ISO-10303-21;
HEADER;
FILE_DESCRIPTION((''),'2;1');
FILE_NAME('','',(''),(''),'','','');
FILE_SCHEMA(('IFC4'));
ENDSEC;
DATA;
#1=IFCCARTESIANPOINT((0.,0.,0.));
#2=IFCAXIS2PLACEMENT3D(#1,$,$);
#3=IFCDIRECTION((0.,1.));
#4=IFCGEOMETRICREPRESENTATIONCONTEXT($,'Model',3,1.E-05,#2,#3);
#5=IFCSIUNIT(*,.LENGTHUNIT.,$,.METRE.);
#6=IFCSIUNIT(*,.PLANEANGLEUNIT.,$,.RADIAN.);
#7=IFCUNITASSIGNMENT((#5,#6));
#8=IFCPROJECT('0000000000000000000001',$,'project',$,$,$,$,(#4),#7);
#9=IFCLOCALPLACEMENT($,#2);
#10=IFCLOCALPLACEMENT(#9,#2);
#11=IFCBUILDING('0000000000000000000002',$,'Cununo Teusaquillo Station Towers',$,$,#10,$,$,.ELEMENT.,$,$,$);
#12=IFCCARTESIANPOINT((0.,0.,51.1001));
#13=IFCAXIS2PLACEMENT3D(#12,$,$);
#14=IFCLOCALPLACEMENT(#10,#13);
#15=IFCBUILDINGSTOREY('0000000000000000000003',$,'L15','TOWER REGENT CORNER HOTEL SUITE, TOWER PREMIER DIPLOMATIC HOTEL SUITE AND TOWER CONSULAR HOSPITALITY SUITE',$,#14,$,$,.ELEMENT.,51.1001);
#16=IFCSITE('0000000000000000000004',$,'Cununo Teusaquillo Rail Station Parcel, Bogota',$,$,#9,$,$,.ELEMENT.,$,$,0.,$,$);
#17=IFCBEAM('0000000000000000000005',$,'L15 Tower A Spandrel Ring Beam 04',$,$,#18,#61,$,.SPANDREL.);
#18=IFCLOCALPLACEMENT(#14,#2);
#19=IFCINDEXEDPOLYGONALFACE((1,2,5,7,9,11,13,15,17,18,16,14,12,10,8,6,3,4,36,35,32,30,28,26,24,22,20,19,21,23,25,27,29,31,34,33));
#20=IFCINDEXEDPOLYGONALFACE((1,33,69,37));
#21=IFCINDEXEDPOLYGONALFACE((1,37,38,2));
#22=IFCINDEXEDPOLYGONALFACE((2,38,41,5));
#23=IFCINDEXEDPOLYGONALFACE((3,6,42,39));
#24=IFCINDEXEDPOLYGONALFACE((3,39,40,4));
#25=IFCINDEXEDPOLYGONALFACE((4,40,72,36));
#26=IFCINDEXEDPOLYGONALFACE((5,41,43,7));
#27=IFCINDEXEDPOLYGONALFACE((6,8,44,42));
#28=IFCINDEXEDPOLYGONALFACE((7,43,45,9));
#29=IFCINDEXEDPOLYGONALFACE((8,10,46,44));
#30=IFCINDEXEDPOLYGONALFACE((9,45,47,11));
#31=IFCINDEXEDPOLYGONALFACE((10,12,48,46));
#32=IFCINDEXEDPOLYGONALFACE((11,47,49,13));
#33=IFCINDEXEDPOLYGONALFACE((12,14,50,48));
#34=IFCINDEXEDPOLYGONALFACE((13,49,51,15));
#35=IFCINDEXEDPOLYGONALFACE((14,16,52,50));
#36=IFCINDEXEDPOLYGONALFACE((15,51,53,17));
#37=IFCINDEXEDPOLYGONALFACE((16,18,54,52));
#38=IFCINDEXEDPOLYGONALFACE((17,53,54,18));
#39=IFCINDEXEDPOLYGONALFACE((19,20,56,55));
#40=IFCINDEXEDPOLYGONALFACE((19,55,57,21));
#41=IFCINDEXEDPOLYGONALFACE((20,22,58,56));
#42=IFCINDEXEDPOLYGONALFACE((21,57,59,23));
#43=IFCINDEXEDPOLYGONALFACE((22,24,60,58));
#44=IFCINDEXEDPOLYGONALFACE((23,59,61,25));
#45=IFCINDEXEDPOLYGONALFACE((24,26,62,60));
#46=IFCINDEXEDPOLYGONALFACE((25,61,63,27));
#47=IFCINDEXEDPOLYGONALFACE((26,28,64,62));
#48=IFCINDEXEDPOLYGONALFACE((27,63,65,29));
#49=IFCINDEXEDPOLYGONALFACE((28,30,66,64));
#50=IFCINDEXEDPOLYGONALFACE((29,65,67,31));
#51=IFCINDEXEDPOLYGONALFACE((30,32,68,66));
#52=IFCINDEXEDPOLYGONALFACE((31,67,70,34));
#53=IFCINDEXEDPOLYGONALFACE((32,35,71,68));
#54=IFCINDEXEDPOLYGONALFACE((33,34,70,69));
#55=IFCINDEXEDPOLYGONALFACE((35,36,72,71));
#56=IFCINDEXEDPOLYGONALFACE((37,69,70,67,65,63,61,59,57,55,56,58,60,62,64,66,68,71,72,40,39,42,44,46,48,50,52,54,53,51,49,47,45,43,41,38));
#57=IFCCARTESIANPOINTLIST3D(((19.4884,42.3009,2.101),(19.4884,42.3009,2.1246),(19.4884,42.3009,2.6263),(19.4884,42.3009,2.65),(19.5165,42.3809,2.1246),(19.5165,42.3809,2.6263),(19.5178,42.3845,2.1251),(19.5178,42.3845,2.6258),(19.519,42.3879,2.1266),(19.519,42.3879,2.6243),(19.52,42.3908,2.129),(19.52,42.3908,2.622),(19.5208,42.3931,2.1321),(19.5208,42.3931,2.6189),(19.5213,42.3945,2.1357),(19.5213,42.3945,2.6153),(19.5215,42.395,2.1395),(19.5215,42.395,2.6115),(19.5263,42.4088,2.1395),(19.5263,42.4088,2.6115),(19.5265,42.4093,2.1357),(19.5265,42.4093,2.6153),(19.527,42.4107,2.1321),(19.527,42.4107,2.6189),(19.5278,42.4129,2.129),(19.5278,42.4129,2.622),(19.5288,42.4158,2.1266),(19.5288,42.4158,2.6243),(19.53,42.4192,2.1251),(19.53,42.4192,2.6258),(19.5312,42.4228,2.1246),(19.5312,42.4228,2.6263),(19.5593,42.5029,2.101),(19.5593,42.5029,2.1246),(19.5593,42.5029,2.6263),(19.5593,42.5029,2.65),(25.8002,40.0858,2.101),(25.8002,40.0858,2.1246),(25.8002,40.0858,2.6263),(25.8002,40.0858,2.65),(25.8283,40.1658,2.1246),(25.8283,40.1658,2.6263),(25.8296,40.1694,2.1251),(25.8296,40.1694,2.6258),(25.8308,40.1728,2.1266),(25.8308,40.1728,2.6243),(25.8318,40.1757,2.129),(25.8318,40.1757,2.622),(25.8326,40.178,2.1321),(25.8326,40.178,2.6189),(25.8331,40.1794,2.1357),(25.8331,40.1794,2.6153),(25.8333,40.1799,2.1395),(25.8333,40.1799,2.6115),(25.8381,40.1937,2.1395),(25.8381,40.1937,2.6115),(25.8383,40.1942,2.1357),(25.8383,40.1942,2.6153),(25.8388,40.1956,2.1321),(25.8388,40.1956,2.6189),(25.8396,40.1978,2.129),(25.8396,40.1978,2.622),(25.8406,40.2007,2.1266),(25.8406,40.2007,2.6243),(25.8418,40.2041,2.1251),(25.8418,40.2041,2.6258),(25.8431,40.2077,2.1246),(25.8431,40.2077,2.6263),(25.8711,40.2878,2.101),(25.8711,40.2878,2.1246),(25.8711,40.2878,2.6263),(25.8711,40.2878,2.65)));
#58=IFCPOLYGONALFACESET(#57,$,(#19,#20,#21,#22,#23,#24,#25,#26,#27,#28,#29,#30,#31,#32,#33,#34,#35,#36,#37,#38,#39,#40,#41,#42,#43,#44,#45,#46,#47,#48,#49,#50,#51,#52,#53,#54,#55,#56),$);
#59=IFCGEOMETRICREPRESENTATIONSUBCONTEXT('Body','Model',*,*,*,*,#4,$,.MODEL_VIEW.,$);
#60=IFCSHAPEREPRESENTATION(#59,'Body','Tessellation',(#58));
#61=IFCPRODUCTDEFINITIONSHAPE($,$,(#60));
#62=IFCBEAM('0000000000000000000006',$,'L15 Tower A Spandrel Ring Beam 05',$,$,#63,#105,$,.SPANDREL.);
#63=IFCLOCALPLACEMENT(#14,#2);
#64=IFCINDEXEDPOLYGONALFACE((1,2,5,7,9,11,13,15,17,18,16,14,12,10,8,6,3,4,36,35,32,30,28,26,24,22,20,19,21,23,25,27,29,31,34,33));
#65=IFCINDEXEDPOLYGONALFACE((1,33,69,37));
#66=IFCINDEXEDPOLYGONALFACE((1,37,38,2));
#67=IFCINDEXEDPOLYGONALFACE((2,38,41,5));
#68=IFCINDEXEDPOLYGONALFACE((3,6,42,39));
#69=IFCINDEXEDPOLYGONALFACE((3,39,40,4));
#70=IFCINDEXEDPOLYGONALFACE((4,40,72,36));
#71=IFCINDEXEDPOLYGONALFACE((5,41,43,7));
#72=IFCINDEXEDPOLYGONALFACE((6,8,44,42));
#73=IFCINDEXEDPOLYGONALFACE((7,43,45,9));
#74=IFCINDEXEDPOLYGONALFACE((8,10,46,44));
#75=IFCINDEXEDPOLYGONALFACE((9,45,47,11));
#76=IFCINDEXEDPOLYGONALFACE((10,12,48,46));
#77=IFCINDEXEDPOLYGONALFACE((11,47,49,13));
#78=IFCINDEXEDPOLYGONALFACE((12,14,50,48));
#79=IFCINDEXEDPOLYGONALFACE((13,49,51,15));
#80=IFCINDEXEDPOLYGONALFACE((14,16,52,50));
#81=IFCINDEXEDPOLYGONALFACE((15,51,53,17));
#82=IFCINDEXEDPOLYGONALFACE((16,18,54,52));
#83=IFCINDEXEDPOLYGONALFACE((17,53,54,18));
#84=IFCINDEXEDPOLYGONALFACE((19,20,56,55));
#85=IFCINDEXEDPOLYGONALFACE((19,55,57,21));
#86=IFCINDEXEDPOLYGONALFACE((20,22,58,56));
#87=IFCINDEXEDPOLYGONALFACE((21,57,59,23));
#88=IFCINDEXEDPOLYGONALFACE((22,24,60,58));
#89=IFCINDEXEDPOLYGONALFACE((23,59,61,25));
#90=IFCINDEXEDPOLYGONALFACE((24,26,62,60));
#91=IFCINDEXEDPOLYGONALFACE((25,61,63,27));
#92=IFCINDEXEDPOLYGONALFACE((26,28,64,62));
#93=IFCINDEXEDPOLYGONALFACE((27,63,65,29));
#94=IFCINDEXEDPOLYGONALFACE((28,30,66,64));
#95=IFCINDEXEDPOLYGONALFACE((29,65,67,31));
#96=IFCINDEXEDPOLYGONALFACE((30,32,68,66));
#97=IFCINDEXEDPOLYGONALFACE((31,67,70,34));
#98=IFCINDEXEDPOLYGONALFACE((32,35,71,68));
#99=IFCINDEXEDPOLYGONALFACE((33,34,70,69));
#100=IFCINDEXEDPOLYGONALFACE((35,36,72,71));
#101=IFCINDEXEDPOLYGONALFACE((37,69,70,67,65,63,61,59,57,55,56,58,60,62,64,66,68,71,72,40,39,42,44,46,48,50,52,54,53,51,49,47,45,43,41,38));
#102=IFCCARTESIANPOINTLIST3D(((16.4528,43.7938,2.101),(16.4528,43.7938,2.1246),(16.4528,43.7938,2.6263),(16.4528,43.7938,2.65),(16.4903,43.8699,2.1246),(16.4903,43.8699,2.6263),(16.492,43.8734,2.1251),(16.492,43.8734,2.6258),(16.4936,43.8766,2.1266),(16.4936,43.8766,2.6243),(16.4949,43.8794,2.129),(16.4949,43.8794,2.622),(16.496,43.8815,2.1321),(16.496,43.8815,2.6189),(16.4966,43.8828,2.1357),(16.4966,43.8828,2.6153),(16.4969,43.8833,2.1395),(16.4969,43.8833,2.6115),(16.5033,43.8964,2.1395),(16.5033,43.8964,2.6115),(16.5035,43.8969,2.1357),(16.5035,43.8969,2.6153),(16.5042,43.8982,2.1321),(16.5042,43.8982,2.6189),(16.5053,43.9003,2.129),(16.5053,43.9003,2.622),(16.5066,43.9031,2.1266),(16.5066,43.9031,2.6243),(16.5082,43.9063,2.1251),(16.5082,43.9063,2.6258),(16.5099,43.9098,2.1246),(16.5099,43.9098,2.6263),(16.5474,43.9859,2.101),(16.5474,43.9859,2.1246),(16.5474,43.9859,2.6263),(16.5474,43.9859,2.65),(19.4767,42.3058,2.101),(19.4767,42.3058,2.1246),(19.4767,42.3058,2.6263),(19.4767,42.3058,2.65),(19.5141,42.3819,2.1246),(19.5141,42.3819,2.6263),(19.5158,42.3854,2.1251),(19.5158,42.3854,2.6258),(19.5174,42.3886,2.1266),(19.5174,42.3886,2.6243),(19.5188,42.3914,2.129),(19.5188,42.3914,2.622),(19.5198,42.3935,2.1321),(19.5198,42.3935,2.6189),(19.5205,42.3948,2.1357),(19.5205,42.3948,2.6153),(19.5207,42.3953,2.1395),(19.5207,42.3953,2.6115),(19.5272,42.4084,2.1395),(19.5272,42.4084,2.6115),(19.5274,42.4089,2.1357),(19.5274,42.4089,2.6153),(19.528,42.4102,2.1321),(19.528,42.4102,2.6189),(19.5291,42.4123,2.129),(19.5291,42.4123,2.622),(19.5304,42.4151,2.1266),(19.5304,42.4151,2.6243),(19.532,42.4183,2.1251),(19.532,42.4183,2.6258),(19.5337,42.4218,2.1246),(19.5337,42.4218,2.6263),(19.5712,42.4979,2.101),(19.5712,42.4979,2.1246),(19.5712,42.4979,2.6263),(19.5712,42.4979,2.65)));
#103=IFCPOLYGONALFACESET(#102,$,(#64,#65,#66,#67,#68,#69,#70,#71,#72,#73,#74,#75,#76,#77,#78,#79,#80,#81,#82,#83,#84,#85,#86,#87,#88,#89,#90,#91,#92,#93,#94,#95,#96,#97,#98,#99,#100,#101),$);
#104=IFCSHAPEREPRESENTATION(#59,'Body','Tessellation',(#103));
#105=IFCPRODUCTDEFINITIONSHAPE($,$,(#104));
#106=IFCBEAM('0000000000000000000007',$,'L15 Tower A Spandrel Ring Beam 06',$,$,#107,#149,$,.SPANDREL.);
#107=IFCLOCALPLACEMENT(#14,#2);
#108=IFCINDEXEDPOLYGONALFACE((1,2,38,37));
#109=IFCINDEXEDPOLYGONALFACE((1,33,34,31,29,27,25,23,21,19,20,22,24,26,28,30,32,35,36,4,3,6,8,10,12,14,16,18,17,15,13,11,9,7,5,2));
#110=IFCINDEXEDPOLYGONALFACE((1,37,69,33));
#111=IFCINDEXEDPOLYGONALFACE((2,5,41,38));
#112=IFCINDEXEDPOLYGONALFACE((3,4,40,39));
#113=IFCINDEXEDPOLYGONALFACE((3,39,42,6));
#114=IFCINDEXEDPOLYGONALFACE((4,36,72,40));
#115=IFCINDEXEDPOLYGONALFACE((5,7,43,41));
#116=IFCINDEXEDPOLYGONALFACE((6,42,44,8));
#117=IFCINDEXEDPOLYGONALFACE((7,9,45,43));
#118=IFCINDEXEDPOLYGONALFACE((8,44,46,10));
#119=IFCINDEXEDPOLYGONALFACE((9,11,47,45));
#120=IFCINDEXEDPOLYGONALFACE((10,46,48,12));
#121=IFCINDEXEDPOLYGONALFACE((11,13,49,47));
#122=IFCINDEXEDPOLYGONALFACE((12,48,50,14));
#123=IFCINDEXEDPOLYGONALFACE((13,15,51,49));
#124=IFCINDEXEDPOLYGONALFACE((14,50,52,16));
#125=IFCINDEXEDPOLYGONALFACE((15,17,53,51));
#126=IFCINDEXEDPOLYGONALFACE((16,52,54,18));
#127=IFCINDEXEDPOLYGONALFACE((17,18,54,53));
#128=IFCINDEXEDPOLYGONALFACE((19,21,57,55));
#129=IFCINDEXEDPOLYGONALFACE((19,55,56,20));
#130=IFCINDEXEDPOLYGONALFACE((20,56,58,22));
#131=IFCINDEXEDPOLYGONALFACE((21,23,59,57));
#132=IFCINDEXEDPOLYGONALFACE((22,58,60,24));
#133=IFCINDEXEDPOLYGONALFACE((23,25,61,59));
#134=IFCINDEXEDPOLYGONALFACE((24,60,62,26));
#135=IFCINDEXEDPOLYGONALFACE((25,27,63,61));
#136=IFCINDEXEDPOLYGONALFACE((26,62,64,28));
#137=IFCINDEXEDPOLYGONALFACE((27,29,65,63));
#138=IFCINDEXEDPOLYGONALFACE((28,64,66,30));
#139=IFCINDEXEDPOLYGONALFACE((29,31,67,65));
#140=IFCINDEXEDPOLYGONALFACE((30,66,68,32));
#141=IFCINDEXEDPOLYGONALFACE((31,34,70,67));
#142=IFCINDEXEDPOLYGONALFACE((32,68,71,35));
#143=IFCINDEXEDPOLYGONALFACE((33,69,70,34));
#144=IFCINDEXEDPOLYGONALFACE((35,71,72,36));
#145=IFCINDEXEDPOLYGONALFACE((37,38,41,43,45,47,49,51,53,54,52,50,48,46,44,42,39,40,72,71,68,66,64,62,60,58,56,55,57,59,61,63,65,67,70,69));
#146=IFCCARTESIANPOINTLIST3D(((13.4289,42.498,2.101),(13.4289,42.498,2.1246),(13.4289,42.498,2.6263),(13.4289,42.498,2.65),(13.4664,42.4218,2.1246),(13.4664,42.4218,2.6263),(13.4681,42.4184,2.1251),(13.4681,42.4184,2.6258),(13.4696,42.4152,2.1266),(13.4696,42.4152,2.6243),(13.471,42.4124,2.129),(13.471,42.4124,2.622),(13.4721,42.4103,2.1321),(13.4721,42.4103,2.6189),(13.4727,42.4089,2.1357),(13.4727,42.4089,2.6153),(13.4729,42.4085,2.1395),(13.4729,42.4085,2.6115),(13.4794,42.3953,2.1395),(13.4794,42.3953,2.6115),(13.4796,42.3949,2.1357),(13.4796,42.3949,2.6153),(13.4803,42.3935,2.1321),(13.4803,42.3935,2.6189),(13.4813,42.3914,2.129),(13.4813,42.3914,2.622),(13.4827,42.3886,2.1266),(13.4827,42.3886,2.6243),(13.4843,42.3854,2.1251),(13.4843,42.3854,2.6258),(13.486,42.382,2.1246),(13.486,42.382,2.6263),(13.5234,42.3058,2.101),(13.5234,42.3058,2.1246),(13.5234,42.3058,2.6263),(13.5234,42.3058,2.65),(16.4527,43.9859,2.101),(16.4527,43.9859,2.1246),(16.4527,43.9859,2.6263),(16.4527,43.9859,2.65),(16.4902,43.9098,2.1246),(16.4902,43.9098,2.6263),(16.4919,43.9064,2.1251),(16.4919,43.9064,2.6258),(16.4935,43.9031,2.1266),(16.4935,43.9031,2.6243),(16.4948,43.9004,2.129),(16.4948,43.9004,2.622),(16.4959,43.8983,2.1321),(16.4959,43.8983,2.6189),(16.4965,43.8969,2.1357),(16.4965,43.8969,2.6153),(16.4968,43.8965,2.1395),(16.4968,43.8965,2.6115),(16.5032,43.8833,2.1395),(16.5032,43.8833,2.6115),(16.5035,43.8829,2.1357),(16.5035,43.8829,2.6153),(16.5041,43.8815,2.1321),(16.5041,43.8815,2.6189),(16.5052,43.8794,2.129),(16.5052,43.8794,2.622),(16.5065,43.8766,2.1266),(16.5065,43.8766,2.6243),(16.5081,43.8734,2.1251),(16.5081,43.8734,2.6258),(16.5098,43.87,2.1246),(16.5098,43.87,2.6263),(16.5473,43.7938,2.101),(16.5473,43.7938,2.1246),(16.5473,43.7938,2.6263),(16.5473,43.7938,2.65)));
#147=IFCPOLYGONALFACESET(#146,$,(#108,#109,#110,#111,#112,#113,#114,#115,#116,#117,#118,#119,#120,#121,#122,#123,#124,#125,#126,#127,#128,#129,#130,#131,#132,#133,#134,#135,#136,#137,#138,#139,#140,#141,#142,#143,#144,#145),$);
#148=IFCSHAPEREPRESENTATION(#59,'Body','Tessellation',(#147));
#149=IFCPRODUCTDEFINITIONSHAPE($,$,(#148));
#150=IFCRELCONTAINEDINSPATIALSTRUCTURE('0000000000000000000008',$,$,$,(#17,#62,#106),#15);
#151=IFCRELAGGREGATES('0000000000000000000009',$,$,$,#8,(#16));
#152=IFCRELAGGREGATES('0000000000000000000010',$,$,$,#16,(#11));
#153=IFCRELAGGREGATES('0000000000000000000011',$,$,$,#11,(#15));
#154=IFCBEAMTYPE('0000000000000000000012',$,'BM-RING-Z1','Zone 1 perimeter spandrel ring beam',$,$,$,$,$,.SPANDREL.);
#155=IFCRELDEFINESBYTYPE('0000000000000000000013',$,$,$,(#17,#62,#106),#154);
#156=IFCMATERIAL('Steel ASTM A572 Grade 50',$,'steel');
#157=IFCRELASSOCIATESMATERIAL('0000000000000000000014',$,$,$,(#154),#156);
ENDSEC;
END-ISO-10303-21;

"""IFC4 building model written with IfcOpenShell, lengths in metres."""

from ifc_helpers import new_model, si_unit, direction, frame, origin, origin_2d, place, context, subcontext, project, spatial, i_section, extrude, material, material_profile, profile_set, type_object, element, save


model = new_model("IFC4")

# Units and contexts
model_context = context("Model", 3, precision=1e-05, world=origin(), true_north=direction((0.0, 1.0)))
body_context = subcontext(model_context, "Body", "Model", "MODEL_VIEW")
ifc_project = project(units=[si_unit("LENGTHUNIT", "METRE"), si_unit("PLANEANGLEUNIT", "RADIAN")], contexts=[model_context])

# Site, building, storey
site_placement = place(None, origin())
site = spatial("IfcSite", under=ifc_project, at=site_placement, Name="Cununo Teusaquillo Rail Station Parcel, Bogota", CompositionType="ELEMENT", RefElevation=0.0)
building_placement = place(site_placement, origin())
building = spatial("IfcBuilding", under=site, at=building_placement, Name="Cununo Teusaquillo Station Towers", CompositionType="ELEMENT")
storey_placement = place(building_placement, frame((0.0, 0.0, 51.1001)))
storey = spatial("IfcBuildingStorey", under=building, at=storey_placement, Name="L15", Description="TOWER REGENT CORNER HOTEL SUITE, TOWER PREMIER DIPLOMATIC HOTEL SUITE AND TOWER CONSULAR HOSPITALITY SUITE", CompositionType="ELEMENT", Elevation=51.1001)

# Beams
ifc_material_1 = material(Name="Steel ASTM A572 Grade 50", Category="steel")
ifc_material_profile_1 = material_profile(ifc_material_1, i_section(OverallWidth=0.2141, OverallDepth=0.5491, WebThickness=0.0146, FlangeThickness=0.0237, FilletRadius=0.0149, at=origin_2d()), Name="W21X93")
ifc_profile_set_1 = profile_set([ifc_material_profile_1], Name="Steel ASTM A572 Grade 50")
beam_type_1 = type_object("IfcBeamType", Name="BM-RING-Z1", Description="Zone 1 perimeter spandrel ring beam", PredefinedType="SPANDREL", material=ifc_profile_set_1)
beam_1_placement = place(storey_placement, frame((25.8357, 40.1868, 2.3755), z_axis=(-0.94358, 0.331145, 0.0), x_axis=(-0.331145, -0.94358, 0.0)))
element("IfcBeam", 1, at=beam_1_placement, inside=storey, type_object=beam_type_1, Name="L15 Tower A Spandrel Ring Beam 04", PredefinedType="SPANDREL", context=body_context, shape_type="SweptSolid", body=[
    extrude(i_section(OverallWidth=0.2141, OverallDepth=0.5491, WebThickness=0.0146, FlangeThickness=0.0237, FilletRadius=0.0149, at=origin_2d()), origin(), (0.0, 0.0, 1.0), 6.6892),
])
for number, where, z_axis, x_axis, name in (
    (2, (19.5239, 42.4019, 2.3755), (-0.897249, 0.441525, 0.0), (-0.441525, -0.897249, 0.0), "L15 Tower A Spandrel Ring Beam 05"),
    (3, (16.5, 43.8899, 2.3755), (-0.897249, -0.441525, 0.0), (0.441525, -0.897249, 0.0), "L15 Tower A Spandrel Ring Beam 06"),
):
    element("IfcBeam", number, at=place(storey_placement, frame(where, z_axis=z_axis, x_axis=x_axis)), inside=storey, type_object=beam_type_1, Name=name, PredefinedType="SPANDREL", context=body_context, shape_type="SweptSolid", body=[
        extrude(i_section(OverallWidth=0.2141, OverallDepth=0.5491, WebThickness=0.0146, FlangeThickness=0.0237, FilletRadius=0.0149, at=origin_2d()), origin(), (0.0, 0.0, 1.0), 3.3701),
    ])

save(model, "model.ifc")
